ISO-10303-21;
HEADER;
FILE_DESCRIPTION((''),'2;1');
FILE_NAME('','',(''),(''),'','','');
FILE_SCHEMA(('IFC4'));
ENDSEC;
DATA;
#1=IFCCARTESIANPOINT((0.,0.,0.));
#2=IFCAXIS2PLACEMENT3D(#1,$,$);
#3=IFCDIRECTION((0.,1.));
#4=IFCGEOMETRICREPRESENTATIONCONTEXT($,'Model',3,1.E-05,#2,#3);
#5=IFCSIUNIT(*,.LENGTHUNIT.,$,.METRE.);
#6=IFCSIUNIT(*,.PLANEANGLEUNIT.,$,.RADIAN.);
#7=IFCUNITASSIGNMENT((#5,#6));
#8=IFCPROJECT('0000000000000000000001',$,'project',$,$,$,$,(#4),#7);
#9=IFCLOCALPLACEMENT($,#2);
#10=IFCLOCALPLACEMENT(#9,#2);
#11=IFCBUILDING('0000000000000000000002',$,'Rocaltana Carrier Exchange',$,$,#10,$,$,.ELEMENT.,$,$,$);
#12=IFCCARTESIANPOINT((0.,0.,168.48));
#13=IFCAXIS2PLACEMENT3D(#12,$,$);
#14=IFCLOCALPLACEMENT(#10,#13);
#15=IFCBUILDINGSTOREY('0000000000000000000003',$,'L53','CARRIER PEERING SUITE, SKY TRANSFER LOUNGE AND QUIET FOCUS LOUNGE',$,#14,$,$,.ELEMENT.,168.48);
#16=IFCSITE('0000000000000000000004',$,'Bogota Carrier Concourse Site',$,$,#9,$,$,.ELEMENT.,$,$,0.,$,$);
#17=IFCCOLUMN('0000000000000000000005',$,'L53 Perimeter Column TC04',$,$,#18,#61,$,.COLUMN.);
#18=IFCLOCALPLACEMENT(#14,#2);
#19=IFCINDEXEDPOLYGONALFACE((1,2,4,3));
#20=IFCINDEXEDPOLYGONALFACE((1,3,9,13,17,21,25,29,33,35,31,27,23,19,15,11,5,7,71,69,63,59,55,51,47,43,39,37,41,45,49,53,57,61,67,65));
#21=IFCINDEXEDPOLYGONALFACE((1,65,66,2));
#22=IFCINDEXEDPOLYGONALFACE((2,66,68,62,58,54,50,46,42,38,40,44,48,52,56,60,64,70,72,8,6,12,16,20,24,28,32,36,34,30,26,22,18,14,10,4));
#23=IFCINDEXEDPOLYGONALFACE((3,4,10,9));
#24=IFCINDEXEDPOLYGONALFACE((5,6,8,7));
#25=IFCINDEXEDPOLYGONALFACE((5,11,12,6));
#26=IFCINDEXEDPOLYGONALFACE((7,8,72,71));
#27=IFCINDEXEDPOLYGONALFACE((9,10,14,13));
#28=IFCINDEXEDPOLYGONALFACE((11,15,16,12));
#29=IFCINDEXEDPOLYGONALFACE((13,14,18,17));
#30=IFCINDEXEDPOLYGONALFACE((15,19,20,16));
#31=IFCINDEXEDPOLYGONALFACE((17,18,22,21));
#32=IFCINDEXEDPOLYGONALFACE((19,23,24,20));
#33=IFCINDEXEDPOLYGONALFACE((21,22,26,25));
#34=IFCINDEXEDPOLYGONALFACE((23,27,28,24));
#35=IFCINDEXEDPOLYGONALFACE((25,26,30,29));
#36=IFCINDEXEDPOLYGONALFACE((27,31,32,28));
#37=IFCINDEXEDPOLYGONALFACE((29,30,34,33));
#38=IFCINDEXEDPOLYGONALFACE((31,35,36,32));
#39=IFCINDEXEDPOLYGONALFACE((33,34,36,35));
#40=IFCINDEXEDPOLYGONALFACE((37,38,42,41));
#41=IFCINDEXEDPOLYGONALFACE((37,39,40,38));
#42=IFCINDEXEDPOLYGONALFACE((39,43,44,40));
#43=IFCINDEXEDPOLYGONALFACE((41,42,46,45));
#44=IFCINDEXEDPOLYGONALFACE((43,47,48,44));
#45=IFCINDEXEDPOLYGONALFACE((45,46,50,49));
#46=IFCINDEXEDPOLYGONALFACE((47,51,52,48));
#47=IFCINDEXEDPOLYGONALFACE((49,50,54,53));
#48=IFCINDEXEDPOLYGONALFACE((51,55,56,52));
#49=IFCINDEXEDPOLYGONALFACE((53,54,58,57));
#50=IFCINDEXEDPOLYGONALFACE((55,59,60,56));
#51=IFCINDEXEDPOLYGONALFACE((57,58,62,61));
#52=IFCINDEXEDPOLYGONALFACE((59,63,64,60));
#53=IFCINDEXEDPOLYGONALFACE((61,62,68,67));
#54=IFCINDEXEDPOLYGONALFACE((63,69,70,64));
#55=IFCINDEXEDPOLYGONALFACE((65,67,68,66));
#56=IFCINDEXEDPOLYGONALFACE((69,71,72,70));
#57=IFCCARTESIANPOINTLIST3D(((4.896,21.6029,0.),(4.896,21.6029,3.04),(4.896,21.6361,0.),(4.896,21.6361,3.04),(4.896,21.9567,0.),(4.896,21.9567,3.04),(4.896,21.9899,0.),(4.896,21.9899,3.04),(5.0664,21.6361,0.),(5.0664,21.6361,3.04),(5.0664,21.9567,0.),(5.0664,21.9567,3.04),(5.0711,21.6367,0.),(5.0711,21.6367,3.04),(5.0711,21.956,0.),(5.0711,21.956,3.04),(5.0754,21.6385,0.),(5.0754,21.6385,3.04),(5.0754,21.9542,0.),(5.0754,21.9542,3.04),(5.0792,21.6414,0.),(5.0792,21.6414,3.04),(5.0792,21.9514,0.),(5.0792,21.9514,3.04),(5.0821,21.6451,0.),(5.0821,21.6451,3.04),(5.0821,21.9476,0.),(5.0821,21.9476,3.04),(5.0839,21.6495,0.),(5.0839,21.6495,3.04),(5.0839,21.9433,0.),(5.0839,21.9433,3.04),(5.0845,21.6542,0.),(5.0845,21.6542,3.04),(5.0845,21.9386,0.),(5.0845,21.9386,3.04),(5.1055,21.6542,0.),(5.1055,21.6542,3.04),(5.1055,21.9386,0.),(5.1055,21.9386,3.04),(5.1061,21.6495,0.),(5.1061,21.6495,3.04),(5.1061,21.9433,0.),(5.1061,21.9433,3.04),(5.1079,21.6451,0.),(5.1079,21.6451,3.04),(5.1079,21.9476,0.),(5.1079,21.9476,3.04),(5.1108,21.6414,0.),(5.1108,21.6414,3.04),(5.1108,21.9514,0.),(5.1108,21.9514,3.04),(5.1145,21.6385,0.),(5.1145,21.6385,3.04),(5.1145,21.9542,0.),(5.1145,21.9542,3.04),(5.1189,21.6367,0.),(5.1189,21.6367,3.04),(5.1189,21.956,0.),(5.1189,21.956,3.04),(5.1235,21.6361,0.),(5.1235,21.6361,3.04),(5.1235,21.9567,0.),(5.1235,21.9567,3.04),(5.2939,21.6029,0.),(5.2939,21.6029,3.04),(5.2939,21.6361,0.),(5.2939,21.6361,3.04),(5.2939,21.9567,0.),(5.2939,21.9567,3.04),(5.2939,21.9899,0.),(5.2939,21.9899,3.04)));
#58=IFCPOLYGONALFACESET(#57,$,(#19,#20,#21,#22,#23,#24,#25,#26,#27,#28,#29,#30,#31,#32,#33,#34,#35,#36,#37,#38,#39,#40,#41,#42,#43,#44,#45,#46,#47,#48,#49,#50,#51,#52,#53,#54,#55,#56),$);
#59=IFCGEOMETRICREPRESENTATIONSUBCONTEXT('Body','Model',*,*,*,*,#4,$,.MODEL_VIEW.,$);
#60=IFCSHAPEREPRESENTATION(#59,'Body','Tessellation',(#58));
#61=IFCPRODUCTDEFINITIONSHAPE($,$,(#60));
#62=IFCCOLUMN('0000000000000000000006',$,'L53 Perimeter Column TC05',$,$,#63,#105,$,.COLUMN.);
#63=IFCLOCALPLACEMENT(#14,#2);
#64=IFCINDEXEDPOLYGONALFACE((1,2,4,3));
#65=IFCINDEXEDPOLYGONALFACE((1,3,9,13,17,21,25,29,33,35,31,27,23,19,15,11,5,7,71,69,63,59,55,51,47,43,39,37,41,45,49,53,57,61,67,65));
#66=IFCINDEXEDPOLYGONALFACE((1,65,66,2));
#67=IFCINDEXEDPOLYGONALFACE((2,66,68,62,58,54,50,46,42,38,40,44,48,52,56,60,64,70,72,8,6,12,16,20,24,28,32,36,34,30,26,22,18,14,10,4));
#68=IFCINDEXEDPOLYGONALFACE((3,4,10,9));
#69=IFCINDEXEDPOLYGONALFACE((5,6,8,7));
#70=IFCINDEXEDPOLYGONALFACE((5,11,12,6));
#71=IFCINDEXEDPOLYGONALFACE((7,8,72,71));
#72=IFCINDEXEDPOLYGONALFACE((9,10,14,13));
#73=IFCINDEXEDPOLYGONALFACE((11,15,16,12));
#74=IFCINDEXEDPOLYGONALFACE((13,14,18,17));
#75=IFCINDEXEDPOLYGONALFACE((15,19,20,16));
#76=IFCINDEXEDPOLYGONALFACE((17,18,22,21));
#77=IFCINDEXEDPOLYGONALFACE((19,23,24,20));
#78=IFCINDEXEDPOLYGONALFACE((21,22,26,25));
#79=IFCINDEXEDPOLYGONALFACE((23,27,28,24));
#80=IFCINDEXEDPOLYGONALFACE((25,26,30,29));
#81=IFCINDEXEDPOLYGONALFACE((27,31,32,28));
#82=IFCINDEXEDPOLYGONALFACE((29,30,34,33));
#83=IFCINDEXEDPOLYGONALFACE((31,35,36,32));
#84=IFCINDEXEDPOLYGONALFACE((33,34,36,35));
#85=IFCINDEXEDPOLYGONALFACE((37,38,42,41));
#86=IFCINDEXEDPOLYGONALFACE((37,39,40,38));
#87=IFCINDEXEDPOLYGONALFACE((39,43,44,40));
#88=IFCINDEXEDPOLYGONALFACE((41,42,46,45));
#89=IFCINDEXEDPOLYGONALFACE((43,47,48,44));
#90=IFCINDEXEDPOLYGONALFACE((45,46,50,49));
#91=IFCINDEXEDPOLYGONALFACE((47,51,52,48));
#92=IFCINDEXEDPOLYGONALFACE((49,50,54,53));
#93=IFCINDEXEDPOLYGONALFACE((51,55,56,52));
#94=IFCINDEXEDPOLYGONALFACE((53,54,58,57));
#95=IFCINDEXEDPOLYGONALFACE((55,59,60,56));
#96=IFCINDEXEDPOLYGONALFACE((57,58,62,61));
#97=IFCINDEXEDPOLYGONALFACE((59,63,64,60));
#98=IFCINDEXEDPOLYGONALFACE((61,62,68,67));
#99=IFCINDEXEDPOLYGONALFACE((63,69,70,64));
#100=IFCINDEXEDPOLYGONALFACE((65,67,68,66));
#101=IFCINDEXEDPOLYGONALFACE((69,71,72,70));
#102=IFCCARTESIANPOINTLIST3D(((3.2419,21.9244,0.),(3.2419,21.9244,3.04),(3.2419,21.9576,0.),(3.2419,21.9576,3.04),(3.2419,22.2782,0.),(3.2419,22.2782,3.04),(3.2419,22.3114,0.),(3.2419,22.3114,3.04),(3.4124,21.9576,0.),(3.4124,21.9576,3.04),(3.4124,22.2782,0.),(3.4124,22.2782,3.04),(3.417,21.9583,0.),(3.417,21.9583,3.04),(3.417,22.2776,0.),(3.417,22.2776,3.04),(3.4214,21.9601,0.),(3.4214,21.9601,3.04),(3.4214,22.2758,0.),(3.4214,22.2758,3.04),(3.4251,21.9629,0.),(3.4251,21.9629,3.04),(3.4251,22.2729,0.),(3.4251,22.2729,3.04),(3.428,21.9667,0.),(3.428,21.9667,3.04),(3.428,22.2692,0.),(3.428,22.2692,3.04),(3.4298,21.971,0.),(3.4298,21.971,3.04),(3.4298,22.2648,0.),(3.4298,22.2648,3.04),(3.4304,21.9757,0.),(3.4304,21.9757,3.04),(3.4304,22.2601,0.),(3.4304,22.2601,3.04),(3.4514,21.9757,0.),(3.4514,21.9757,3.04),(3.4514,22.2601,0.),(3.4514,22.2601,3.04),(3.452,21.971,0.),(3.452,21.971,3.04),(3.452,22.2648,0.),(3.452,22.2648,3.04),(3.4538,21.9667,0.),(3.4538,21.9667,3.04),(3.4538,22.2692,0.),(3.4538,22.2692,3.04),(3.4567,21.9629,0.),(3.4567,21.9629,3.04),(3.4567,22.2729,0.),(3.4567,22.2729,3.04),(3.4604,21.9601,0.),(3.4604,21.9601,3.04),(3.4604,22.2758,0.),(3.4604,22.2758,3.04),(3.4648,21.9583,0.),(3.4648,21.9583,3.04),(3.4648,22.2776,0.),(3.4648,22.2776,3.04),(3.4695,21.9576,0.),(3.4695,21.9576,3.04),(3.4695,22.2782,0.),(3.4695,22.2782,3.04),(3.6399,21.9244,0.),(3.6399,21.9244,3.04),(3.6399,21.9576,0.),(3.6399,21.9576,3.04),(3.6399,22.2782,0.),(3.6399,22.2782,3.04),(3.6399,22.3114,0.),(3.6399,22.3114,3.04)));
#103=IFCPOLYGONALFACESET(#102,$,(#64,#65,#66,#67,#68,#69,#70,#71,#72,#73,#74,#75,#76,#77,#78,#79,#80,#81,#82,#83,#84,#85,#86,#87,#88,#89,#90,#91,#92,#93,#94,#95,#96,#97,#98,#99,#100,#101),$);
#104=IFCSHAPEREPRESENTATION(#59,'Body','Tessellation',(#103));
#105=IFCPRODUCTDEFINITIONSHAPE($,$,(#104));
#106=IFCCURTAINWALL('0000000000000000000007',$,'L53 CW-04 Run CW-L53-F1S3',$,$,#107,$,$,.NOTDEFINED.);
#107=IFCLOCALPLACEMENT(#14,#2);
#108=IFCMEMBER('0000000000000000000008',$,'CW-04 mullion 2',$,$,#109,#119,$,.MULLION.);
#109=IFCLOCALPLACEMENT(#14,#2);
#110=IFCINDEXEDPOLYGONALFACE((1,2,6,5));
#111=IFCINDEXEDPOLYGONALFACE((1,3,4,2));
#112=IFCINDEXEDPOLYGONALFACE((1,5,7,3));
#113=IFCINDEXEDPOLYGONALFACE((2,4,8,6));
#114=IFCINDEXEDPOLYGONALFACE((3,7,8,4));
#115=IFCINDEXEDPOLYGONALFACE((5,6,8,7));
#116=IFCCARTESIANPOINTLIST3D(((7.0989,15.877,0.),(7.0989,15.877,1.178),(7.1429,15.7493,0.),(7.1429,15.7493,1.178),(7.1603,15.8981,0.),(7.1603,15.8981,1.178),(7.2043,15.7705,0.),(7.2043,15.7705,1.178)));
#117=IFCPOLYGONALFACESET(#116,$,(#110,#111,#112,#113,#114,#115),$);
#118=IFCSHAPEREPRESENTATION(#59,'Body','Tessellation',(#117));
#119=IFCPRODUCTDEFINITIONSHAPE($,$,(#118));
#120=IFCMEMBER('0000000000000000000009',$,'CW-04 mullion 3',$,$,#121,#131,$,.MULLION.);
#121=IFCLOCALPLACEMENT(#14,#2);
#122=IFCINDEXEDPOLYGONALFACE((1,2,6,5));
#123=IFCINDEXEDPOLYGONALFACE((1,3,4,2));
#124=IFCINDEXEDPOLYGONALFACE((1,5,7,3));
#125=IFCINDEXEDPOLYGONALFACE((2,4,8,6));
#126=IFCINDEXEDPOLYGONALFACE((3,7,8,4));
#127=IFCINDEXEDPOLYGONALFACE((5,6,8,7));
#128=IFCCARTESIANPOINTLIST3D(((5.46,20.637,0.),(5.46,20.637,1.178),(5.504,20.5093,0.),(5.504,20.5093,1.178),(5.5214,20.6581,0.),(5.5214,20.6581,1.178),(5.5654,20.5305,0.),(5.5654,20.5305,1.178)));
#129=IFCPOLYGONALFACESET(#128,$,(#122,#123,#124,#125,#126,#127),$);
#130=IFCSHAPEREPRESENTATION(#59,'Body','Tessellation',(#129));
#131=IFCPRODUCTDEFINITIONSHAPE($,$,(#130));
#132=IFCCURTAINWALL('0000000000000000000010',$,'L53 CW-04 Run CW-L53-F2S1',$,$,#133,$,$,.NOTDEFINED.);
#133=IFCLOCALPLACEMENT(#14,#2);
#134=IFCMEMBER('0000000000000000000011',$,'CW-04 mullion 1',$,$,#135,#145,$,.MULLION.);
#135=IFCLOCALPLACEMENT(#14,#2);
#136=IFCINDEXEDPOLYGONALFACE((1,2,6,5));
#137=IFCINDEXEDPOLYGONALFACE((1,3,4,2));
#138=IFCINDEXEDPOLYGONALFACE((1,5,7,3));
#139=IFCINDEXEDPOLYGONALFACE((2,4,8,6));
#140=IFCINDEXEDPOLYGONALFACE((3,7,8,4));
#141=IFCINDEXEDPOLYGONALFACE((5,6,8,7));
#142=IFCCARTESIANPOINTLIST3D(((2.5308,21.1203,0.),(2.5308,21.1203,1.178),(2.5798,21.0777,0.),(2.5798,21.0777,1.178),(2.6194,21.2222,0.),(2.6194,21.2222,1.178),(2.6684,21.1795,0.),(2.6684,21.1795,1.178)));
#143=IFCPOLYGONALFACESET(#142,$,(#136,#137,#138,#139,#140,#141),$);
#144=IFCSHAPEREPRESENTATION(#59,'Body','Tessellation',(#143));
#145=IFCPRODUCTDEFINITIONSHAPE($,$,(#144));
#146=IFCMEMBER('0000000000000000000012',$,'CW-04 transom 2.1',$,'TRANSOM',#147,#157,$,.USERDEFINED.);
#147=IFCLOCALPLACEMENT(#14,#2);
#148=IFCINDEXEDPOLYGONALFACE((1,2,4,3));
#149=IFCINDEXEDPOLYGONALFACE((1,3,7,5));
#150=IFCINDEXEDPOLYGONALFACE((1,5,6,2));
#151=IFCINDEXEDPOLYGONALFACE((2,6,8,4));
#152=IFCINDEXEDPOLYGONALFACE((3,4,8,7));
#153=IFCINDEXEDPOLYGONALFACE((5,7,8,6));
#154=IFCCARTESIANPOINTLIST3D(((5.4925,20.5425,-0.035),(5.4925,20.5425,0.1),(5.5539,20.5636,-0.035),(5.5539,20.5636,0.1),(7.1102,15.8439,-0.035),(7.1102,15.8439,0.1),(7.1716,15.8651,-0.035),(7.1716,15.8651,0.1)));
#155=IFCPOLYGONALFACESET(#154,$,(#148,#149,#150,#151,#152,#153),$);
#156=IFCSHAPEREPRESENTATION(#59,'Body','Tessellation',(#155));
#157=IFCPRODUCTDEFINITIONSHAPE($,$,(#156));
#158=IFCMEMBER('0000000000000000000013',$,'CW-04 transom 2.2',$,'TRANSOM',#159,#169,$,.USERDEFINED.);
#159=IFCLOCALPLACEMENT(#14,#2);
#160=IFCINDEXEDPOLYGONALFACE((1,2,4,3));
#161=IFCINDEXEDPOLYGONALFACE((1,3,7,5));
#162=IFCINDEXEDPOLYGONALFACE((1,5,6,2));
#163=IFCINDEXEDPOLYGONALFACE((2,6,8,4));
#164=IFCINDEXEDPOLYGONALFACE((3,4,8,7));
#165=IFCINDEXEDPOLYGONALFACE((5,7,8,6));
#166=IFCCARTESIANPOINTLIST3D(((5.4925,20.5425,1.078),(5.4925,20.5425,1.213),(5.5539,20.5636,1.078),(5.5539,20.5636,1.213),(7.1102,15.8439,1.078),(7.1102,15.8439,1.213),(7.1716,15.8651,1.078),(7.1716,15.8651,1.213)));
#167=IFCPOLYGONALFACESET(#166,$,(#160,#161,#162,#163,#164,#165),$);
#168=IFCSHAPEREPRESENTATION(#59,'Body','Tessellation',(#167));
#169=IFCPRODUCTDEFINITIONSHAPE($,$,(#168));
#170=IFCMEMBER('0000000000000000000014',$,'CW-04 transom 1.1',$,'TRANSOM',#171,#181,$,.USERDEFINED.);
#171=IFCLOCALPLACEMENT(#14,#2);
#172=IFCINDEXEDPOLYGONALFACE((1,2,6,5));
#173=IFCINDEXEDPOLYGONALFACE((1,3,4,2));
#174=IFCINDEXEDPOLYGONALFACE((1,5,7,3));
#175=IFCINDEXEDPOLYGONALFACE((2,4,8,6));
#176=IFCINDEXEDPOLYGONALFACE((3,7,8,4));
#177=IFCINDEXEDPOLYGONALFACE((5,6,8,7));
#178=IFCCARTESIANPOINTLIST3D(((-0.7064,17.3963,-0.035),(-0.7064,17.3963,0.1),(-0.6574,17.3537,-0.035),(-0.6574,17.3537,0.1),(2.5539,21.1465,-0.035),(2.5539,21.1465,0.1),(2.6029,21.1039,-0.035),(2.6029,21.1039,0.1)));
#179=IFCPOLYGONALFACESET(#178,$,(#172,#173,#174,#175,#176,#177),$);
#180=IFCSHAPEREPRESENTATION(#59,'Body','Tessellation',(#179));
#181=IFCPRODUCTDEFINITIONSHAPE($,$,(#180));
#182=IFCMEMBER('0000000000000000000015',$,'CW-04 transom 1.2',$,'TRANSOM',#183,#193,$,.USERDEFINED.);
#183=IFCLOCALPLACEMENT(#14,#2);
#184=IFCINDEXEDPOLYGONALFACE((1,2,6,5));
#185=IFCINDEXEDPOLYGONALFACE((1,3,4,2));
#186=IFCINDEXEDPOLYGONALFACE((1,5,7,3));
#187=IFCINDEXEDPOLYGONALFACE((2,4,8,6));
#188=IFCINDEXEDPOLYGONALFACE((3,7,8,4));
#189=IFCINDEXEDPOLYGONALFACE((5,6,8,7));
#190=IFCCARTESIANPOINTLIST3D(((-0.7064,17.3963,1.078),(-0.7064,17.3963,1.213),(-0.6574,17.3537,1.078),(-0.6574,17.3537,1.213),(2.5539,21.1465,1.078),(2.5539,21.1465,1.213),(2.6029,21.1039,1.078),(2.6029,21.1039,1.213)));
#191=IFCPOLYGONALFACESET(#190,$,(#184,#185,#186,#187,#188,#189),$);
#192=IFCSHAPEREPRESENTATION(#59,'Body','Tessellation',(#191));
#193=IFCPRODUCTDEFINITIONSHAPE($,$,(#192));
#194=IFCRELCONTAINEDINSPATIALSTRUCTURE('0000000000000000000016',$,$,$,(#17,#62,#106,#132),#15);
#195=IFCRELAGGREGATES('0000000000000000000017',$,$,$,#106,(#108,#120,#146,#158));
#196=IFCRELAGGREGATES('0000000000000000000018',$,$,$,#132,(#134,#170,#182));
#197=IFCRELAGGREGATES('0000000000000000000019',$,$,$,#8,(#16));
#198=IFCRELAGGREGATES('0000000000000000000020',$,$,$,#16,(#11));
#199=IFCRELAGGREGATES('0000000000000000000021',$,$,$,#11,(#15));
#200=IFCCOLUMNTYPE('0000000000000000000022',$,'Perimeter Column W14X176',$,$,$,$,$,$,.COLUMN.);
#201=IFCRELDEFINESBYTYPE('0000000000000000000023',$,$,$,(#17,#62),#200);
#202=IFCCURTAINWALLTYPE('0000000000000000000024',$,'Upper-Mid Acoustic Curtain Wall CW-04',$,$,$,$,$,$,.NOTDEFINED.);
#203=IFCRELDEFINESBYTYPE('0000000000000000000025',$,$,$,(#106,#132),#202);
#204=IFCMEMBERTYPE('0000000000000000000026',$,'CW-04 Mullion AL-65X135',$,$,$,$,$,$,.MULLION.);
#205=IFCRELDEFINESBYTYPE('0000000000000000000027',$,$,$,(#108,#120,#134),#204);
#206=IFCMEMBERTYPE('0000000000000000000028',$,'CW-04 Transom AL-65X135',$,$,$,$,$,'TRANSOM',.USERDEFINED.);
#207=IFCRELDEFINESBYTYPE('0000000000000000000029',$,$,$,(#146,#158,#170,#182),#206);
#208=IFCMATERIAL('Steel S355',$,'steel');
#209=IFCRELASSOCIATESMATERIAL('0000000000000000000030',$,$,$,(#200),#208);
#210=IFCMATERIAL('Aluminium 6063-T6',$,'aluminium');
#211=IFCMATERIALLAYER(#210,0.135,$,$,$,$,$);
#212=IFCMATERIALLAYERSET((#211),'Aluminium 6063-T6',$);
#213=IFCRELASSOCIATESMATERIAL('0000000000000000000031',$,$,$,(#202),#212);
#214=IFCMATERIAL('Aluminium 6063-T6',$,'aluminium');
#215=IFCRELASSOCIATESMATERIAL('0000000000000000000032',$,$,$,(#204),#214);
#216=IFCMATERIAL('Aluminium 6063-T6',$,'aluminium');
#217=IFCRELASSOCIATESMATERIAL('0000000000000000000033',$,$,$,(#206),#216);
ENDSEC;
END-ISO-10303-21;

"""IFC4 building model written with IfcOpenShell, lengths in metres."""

from ifc_helpers import new_model, si_unit, direction, frame, origin, origin_2d, place, context, subcontext, project, spatial, rectangle, i_section, extrude, material, layer, layer_set, material_profile, profile_set, type_object, element, aggregate, save


model = new_model("IFC4")

# Units and contexts
model_context = context("Model", 3, precision=1e-05, world=origin(), true_north=direction((0.0, 1.0)))
body_context = subcontext(model_context, "Body", "Model", "MODEL_VIEW")
ifc_project = project(units=[si_unit("LENGTHUNIT", "METRE"), si_unit("PLANEANGLEUNIT", "RADIAN")], contexts=[model_context])

# Site, building, storey
site_placement = place(None, origin())
site = spatial("IfcSite", under=ifc_project, at=site_placement, Name="Bogota Carrier Concourse Site", CompositionType="ELEMENT", RefElevation=0.0)
building_placement = place(site_placement, origin())
building = spatial("IfcBuilding", under=site, at=building_placement, Name="Rocaltana Carrier Exchange", CompositionType="ELEMENT")
storey_placement = place(building_placement, frame((0.0, 0.0, 168.48)))
storey = spatial("IfcBuildingStorey", under=building, at=storey_placement, Name="L53", Description="CARRIER PEERING SUITE, SKY TRANSFER LOUNGE AND QUIET FOCUS LOUNGE", CompositionType="ELEMENT", Elevation=168.48)

# Columns
ifc_material_1 = material(Name="Steel S355", Category="steel")
ifc_material_profile_1 = material_profile(ifc_material_1, i_section(OverallWidth=0.3979, OverallDepth=0.387, WebThickness=0.021, FlangeThickness=0.0332, FilletRadius=0.0181, at=origin_2d()), Name="W14X176")
ifc_profile_set_1 = profile_set([ifc_material_profile_1], Name="Steel S355")
column_type = type_object("IfcColumnType", Name="Perimeter Column W14X176", PredefinedType="COLUMN", material=ifc_profile_set_1)
for number, where, z_axis, x_axis, name in (
    (1, (5.095, 21.7964, 0.0), (0.0, 0.0, 1.0), (1.0, 0.0, 0.0), "L53 Perimeter Column TC04"),
    (2, (3.4409, 22.1179, 0.0), (0.0, 0.0, 1.0), (1.0, 0.0, 0.0), "L53 Perimeter Column TC05"),
):
    element("IfcColumn", number, at=place(storey_placement, frame(where, z_axis=z_axis, x_axis=x_axis)), inside=storey, type_object=column_type, Name=name, PredefinedType="COLUMN", context=body_context, shape_type="SweptSolid", body=[
        extrude(i_section(OverallWidth=0.3979, OverallDepth=0.387, WebThickness=0.021, FlangeThickness=0.0332, FilletRadius=0.0181, at=origin_2d()), origin(), (0.0, 0.0, 1.0), 3.04),
    ])

# Curtain wall, members
ifc_material_2 = material(Name="Aluminium 6063-T6", Category="aluminium")
ifc_layer_1 = layer(ifc_material_2, 0.135)
ifc_layer_set_1 = layer_set([ifc_layer_1], Name="Aluminium 6063-T6")
curtain_wall_type = type_object("IfcCurtainWallType", Name="Upper-Mid Acoustic Curtain Wall CW-04", PredefinedType="NOTDEFINED", material=ifc_layer_set_1)
curtain_wall_1_placement = place(storey_placement, origin())
curtain_wall_1 = element("IfcCurtainWall", 3, at=curtain_wall_1_placement, inside=storey, type_object=curtain_wall_type, Name="L53 CW-04 Run CW-L53-F1S3", PredefinedType="NOTDEFINED")
ifc_material_3 = material(Name="Aluminium 6063-T6", Category="aluminium")
ifc_material_profile_2 = material_profile(ifc_material_3, rectangle(XDim=0.0649, YDim=0.135, at=origin_2d()), Name="AL-65X135")
ifc_profile_set_2 = profile_set([ifc_material_profile_2], Name="Aluminium 6063-T6")
member_type_1 = type_object("IfcMemberType", Name="CW-04 Mullion AL-65X135", PredefinedType="MULLION", material=ifc_profile_set_2)
member_1_placement = place(storey_placement, frame((7.1516, 15.8237, 0.0), z_axis=(0.0, 0.0, 1.0), x_axis=(-0.945522, -0.325559, 0.0)))
member_1 = element("IfcMember", 4, at=member_1_placement, type_object=member_type_1, Name="CW-04 mullion 2", PredefinedType="MULLION", context=body_context, shape_type="SweptSolid", body=[
    extrude(rectangle(XDim=0.0649, YDim=0.135, at=origin_2d()), origin(), (0.0, 0.0, 1.0), 1.178),
])
member_2_placement = place(storey_placement, frame((5.5127, 20.5837, 0.0), z_axis=(0.0, 0.0, 1.0), x_axis=(-0.945522, -0.325559, 0.0)))
member_2 = element("IfcMember", 5, at=member_2_placement, type_object=member_type_1, Name="CW-04 mullion 3", PredefinedType="MULLION", context=body_context, shape_type="SweptSolid", body=[
    extrude(rectangle(XDim=0.0649, YDim=0.135, at=origin_2d()), origin(), (0.0, 0.0, 1.0), 1.178),
])

# Curtain wall, member
curtain_wall_2_placement = place(storey_placement, origin())
curtain_wall_2 = element("IfcCurtainWall", 6, at=curtain_wall_2_placement, inside=storey, type_object=curtain_wall_type, Name="L53 CW-04 Run CW-L53-F2S1", PredefinedType="NOTDEFINED")
member_3_placement = place(storey_placement, frame((2.5996, 21.1499, 0.0), z_axis=(0.0, 0.0, 1.0), x_axis=(0.754712, -0.656057, 0.0)))
member_3 = element("IfcMember", 7, at=member_3_placement, type_object=member_type_1, Name="CW-04 mullion 1", PredefinedType="MULLION", context=body_context, shape_type="SweptSolid", body=[
    extrude(rectangle(XDim=0.0649, YDim=0.135, at=origin_2d()), origin(), (0.0, 0.0, 1.0), 1.178),
])

# Members
ifc_material_4 = material(Name="Aluminium 6063-T6", Category="aluminium")
ifc_material_profile_3 = material_profile(ifc_material_4, rectangle(XDim=0.0649, YDim=0.135, at=origin_2d()), Name="AL-65X135")
ifc_profile_set_3 = profile_set([ifc_material_profile_3], Name="Aluminium 6063-T6")
member_type_2 = type_object("IfcMemberType", Name="CW-04 Transom AL-65X135", ElementType="TRANSOM", PredefinedType="USERDEFINED", material=ifc_profile_set_3)
member_4_placement = place(storey_placement, frame((7.1409, 15.8545, 0.0325), z_axis=(-0.325542, 0.945527, 0.0), x_axis=(-0.945527, -0.325542, 0.0)))
member_4 = element("IfcMember", 8, at=member_4_placement, type_object=member_type_2, Name="CW-04 transom 2.1", ObjectType="TRANSOM", PredefinedType="USERDEFINED", context=body_context, shape_type="SweptSolid", body=[
    extrude(rectangle(XDim=0.0649, YDim=0.135, at=origin_2d()), origin(), (0.0, 0.0, 1.0), 4.9692),
])
member_5_placement = place(storey_placement, frame((7.1409, 15.8545, 1.1455), z_axis=(-0.325542, 0.945527, 0.0), x_axis=(-0.945527, -0.325542, 0.0)))
member_5 = element("IfcMember", 9, at=member_5_placement, type_object=member_type_2, Name="CW-04 transom 2.2", ObjectType="TRANSOM", PredefinedType="USERDEFINED", context=body_context, shape_type="SweptSolid", body=[
    extrude(rectangle(XDim=0.0649, YDim=0.135, at=origin_2d()), origin(), (0.0, 0.0, 1.0), 4.9692),
])
member_6_placement = place(storey_placement, frame((2.5784, 21.1252, 0.0325), z_axis=(-0.656084, -0.754688, 0.0), x_axis=(0.754688, -0.656084, 0.0)))
member_6 = element("IfcMember", 10, at=member_6_placement, type_object=member_type_2, Name="CW-04 transom 1.1", ObjectType="TRANSOM", PredefinedType="USERDEFINED", context=body_context, shape_type="SweptSolid", body=[
    extrude(rectangle(XDim=0.0649, YDim=0.135, at=origin_2d()), origin(), (0.0, 0.0, 1.0), 4.9692),
])
member_7_placement = place(storey_placement, frame((2.5784, 21.1252, 1.1455), z_axis=(-0.656084, -0.754688, 0.0), x_axis=(0.754688, -0.656084, 0.0)))
member_7 = element("IfcMember", 11, at=member_7_placement, type_object=member_type_2, Name="CW-04 transom 1.2", ObjectType="TRANSOM", PredefinedType="USERDEFINED", context=body_context, shape_type="SweptSolid", body=[
    extrude(rectangle(XDim=0.0649, YDim=0.135, at=origin_2d()), origin(), (0.0, 0.0, 1.0), 4.9692),
])

aggregate(curtain_wall_1, [member_1, member_2, member_4, member_5])
aggregate(curtain_wall_2, [member_3, member_6, member_7])

save(model, "model.ifc")
